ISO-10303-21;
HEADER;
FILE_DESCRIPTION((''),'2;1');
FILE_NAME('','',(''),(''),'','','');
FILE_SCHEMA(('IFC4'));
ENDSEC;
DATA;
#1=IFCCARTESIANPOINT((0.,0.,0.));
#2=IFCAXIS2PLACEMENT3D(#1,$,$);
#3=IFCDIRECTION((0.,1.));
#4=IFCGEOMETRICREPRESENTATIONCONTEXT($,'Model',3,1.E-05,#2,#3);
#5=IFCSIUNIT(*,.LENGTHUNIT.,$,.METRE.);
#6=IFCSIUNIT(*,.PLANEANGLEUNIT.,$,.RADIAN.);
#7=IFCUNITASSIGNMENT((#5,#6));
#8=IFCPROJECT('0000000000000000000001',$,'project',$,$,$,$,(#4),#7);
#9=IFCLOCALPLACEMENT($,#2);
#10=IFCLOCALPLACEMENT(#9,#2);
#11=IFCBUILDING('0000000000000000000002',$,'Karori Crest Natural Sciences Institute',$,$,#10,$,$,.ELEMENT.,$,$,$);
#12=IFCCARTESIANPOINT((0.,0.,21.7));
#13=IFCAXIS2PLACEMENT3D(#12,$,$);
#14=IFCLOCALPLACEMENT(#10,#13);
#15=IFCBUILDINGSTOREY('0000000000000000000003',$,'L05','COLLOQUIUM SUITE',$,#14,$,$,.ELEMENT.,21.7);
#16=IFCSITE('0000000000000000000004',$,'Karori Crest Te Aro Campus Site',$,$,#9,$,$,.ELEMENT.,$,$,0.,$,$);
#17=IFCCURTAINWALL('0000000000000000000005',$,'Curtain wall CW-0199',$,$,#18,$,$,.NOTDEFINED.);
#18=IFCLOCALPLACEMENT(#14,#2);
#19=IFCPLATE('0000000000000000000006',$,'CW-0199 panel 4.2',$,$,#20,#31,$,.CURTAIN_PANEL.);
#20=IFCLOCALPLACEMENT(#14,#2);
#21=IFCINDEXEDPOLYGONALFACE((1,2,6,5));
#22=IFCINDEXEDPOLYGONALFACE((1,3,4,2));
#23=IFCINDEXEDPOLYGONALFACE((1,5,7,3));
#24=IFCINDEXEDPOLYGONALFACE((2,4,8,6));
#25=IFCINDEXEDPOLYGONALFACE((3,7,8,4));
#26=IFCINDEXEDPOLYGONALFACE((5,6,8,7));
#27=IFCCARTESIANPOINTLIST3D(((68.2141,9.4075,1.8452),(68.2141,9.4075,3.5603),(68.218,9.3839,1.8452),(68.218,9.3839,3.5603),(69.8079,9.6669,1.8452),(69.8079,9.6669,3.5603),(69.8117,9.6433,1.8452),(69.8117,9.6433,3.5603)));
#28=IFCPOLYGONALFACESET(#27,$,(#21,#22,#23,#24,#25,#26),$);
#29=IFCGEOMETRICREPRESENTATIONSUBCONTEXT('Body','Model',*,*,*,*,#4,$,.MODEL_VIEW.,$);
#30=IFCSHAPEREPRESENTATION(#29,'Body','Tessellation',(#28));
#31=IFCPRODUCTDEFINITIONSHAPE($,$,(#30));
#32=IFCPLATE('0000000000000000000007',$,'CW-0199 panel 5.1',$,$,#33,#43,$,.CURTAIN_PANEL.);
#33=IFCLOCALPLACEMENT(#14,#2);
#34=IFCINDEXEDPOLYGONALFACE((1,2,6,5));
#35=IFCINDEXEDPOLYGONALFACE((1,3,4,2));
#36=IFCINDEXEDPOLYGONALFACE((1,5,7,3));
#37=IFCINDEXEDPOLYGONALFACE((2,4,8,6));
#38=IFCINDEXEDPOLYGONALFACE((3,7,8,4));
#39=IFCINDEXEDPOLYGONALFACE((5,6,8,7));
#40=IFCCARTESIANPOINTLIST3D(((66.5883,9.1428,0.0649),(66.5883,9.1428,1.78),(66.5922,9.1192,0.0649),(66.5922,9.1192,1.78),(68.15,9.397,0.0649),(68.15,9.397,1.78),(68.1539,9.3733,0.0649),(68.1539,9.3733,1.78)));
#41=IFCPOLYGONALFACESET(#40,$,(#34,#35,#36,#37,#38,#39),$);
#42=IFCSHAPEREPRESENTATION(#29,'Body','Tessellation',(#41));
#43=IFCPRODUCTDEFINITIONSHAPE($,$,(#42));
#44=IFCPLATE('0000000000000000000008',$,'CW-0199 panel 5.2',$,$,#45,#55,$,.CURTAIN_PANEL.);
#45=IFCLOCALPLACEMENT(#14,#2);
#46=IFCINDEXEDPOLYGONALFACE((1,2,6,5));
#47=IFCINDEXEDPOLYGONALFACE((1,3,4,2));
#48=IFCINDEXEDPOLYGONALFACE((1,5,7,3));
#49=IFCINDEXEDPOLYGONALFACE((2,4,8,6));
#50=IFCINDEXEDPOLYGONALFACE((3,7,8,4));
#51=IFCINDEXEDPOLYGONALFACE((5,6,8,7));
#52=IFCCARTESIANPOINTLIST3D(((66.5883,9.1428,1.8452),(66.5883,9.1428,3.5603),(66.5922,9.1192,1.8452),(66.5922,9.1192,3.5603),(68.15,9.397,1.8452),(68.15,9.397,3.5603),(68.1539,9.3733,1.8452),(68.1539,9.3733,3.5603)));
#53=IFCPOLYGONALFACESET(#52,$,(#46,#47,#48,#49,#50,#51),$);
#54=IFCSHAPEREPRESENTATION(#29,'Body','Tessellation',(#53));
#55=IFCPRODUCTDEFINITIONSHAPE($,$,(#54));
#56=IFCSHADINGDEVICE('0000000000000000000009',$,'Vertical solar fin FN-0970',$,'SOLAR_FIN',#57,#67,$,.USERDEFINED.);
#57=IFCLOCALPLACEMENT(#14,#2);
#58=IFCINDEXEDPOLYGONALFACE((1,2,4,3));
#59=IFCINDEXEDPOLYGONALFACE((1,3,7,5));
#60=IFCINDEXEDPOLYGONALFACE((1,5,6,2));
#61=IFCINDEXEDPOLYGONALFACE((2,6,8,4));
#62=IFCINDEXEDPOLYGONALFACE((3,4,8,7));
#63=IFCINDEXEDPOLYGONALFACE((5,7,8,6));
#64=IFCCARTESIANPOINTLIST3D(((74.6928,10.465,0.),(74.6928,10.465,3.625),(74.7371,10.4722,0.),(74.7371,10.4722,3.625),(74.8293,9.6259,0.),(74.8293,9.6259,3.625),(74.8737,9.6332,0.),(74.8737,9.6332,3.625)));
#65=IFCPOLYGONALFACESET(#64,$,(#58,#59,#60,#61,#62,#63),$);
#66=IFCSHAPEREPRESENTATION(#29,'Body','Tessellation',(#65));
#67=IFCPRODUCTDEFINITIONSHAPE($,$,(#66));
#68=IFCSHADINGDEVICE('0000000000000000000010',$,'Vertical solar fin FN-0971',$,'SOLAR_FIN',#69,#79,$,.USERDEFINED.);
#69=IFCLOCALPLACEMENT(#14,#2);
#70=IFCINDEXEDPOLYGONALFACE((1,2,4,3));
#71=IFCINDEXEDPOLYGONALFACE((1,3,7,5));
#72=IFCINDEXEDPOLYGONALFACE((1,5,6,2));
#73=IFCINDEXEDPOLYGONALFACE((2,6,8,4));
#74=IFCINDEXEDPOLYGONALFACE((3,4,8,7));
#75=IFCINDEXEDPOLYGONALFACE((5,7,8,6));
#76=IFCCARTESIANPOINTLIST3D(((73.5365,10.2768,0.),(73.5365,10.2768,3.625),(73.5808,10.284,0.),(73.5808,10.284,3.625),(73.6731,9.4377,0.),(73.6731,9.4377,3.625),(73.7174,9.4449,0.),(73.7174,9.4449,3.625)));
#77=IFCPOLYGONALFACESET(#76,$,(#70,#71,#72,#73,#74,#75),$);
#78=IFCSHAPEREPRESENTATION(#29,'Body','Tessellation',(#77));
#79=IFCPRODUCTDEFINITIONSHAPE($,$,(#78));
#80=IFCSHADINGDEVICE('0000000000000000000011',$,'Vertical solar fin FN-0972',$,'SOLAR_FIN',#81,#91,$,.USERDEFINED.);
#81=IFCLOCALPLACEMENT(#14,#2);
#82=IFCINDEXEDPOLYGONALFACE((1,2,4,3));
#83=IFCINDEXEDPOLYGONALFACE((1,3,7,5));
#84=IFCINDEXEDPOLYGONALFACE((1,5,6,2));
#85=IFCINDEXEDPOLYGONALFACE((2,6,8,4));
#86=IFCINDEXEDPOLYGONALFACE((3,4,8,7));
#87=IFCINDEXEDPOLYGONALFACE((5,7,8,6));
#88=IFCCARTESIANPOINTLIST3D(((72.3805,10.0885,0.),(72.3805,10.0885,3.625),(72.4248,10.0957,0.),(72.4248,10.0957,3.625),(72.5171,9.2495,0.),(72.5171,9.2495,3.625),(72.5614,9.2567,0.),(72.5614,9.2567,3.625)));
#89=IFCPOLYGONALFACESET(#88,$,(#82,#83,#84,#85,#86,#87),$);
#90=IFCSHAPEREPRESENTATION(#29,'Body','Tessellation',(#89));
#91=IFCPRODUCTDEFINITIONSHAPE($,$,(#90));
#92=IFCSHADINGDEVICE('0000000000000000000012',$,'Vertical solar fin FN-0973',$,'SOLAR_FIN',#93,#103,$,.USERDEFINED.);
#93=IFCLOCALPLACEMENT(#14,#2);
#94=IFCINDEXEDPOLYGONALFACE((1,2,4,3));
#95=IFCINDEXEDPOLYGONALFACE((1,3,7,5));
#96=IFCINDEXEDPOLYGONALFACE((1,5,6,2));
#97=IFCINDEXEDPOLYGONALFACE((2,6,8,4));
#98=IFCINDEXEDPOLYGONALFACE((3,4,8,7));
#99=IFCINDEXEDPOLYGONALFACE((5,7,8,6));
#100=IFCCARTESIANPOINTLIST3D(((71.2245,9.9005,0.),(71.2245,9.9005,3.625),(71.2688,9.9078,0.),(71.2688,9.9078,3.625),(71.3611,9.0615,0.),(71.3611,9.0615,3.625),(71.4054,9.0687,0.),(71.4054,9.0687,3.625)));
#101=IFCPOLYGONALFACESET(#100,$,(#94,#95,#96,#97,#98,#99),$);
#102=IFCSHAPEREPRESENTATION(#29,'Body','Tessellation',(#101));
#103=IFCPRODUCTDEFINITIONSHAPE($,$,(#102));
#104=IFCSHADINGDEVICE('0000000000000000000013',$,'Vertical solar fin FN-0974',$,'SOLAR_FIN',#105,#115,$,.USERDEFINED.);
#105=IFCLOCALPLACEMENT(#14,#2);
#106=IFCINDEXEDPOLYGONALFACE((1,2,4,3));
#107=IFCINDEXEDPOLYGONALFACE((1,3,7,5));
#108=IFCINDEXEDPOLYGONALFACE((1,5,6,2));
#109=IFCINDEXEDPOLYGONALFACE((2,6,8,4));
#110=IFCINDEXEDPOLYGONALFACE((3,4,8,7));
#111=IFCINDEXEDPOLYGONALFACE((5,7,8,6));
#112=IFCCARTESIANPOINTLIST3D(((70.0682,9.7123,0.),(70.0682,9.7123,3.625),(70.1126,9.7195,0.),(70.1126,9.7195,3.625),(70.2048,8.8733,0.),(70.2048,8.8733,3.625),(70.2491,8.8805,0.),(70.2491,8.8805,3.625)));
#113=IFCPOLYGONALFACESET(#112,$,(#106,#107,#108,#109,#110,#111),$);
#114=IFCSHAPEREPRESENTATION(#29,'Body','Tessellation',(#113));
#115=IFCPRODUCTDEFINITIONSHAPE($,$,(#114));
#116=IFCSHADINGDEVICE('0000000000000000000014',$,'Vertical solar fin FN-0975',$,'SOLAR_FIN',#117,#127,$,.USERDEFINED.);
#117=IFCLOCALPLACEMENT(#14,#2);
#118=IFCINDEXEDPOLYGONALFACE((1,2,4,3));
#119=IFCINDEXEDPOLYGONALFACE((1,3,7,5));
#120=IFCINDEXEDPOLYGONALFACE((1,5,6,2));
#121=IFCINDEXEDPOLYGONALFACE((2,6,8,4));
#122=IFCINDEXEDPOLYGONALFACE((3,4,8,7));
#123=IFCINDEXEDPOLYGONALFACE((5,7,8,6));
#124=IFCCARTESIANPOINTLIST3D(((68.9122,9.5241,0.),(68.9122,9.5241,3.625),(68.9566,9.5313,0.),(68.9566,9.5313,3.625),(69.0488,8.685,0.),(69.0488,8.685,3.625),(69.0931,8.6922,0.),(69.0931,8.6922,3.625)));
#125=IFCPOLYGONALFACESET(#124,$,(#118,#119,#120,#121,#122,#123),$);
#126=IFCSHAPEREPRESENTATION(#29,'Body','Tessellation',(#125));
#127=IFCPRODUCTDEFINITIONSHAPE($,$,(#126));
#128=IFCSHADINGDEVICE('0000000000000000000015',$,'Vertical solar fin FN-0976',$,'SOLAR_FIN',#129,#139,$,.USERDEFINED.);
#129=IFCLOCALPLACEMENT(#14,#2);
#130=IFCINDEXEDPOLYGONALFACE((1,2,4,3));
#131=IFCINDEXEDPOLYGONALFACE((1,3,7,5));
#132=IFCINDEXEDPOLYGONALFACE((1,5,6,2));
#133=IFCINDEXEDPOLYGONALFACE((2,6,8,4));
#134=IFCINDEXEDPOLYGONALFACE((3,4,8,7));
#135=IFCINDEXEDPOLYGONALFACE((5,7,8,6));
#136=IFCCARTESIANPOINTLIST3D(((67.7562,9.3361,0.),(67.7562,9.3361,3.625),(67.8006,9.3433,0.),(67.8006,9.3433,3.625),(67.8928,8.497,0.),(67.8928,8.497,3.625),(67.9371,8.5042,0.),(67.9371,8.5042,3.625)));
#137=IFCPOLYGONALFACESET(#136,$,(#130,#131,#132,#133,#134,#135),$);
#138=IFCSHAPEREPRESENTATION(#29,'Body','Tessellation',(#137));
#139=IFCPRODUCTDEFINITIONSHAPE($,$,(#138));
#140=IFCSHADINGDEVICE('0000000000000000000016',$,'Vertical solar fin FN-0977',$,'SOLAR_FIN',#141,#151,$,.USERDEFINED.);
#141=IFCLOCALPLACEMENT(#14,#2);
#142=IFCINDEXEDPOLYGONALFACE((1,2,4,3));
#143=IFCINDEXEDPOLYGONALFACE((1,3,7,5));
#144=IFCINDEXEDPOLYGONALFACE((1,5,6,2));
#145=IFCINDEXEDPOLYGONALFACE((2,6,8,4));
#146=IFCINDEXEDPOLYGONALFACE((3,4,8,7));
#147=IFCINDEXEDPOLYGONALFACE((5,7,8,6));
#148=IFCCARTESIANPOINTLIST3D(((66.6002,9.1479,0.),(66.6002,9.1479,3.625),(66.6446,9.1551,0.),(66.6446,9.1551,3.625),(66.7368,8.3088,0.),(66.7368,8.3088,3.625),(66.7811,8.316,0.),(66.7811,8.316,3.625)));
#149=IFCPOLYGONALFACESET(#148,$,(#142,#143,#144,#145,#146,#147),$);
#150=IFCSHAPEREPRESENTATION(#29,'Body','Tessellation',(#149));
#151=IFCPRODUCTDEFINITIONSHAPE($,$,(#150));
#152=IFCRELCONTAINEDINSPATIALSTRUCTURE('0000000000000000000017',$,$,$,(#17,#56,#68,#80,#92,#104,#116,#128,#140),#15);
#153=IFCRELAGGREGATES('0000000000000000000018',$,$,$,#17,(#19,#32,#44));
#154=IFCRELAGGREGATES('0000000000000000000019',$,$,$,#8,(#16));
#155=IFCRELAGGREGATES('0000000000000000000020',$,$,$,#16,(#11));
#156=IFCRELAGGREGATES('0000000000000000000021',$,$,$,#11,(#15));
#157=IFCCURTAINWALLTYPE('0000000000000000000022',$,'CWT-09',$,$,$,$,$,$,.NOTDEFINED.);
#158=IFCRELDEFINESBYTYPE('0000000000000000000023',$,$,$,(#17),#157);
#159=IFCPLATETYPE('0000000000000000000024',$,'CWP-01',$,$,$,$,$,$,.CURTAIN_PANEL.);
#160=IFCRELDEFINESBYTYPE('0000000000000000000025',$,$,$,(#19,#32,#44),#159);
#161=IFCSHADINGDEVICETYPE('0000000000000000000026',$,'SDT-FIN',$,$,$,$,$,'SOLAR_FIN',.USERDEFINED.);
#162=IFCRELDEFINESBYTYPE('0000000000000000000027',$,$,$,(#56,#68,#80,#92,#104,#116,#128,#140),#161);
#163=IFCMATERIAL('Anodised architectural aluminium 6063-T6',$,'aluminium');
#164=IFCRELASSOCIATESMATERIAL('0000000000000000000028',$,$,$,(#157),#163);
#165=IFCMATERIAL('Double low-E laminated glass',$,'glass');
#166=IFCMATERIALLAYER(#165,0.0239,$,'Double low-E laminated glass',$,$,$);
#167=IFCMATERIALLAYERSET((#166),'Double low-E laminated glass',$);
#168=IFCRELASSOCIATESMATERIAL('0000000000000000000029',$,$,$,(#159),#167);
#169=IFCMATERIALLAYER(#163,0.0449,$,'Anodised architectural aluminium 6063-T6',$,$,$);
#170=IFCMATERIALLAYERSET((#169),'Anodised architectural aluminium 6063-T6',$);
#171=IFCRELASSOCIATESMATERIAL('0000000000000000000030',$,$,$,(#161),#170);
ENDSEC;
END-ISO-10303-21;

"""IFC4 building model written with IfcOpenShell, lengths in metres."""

from ifc_helpers import new_model, si_unit, direction, frame, origin, origin_2d, place, context, subcontext, project, spatial, rectangle, extrude, material, layer, layer_set, type_object, element, aggregate, save


model = new_model("IFC4")

# Units and contexts
model_context = context("Model", 3, precision=1e-05, world=origin(), true_north=direction((0.0, 1.0)))
body_context = subcontext(model_context, "Body", "Model", "MODEL_VIEW")
ifc_project = project(units=[si_unit("LENGTHUNIT", "METRE"), si_unit("PLANEANGLEUNIT", "RADIAN")], contexts=[model_context])

# Site, building, storey
site_placement = place(None, origin())
site = spatial("IfcSite", under=ifc_project, at=site_placement, Name="Karori Crest Te Aro Campus Site", CompositionType="ELEMENT", RefElevation=0.0)
building_placement = place(site_placement, origin())
building = spatial("IfcBuilding", under=site, at=building_placement, Name="Karori Crest Natural Sciences Institute", CompositionType="ELEMENT")
storey_placement = place(building_placement, frame((0.0, 0.0, 21.7)))
storey = spatial("IfcBuildingStorey", under=building, at=storey_placement, Name="L05", Description="COLLOQUIUM SUITE", CompositionType="ELEMENT", Elevation=21.7)

# Curtain wall, plates
ifc_material_1 = material(Name="Anodised architectural aluminium 6063-T6", Category="aluminium")
curtain_wall_type = type_object("IfcCurtainWallType", Name="CWT-09", PredefinedType="NOTDEFINED", material=ifc_material_1)
curtain_wall_placement = place(storey_placement, origin())
curtain_wall = element("IfcCurtainWall", 1, at=curtain_wall_placement, inside=storey, type_object=curtain_wall_type, Name="Curtain wall CW-0199", PredefinedType="NOTDEFINED")
ifc_material_2 = material(Name="Double low-E laminated glass", Category="glass")
ifc_layer_1 = layer(ifc_material_2, 0.0239, Name="Double low-E laminated glass")
ifc_layer_set_1 = layer_set([ifc_layer_1], Name="Double low-E laminated glass")
plate_type = type_object("IfcPlateType", Name="CWP-01", PredefinedType="CURTAIN_PANEL", material=ifc_layer_set_1)
plate_1_placement = place(storey_placement, frame((69.0129, 9.5254, 1.8452), z_axis=(0.0, 0.0, 1.0), x_axis=(-0.987011, -0.16065, 0.0)))
plate_1 = element("IfcPlate", 2, at=plate_1_placement, type_object=plate_type, Name="CW-0199 panel 4.2", PredefinedType="CURTAIN_PANEL", context=body_context, shape_type="SweptSolid", body=[
    extrude(rectangle(XDim=1.6147, YDim=0.0239, at=origin_2d()), origin(), (0.0, 0.0, 1.0), 1.7151),
])
plate_2_placement = place(storey_placement, frame((67.3711, 9.2581, 0.0649), z_axis=(0.0, 0.0, 1.0), x_axis=(-0.987011, -0.16065, 0.0)))
plate_2 = element("IfcPlate", 3, at=plate_2_placement, type_object=plate_type, Name="CW-0199 panel 5.1", PredefinedType="CURTAIN_PANEL", context=body_context, shape_type="SweptSolid", body=[
    extrude(rectangle(XDim=1.5823, YDim=0.0239, at=origin_2d()), origin(), (0.0, 0.0, 1.0), 1.7151),
])
plate_3_placement = place(storey_placement, frame((67.3711, 9.2581, 1.8452), z_axis=(0.0, 0.0, 1.0), x_axis=(-0.987011, -0.16065, 0.0)))
plate_3 = element("IfcPlate", 4, at=plate_3_placement, type_object=plate_type, Name="CW-0199 panel 5.2", PredefinedType="CURTAIN_PANEL", context=body_context, shape_type="SweptSolid", body=[
    extrude(rectangle(XDim=1.5823, YDim=0.0239, at=origin_2d()), origin(), (0.0, 0.0, 1.0), 1.7151),
])
aggregate(curtain_wall, [plate_1, plate_2, plate_3])

# Shading devices
ifc_layer_2 = layer(ifc_material_1, 0.0449, Name="Anodised architectural aluminium 6063-T6")
ifc_layer_set_2 = layer_set([ifc_layer_2], Name="Anodised architectural aluminium 6063-T6")
shading_device_type = type_object("IfcShadingDeviceType", Name="SDT-FIN", ElementType="SOLAR_FIN", PredefinedType="USERDEFINED", material=ifc_layer_set_2)
for number, where, z_axis, x_axis, name in (
    (5, (74.7832, 10.0491, 0.0), (0.0, 0.0, 1.0), (0.16065, -0.987012, 0.0), "Vertical solar fin FN-0970"),
    (6, (73.627, 9.8608, 0.0), (0.0, 0.0, 1.0), (0.16065, -0.987012, 0.0), "Vertical solar fin FN-0971"),
    (7, (72.4709, 9.6726, 0.0), (0.0, 0.0, 1.0), (0.16065, -0.987012, 0.0), "Vertical solar fin FN-0972"),
    (8, (71.3149, 9.4846, 0.0), (0.0, 0.0, 1.0), (0.16065, -0.987012, 0.0), "Vertical solar fin FN-0973"),
    (9, (70.1587, 9.2964, 0.0), (0.0, 0.0, 1.0), (0.16065, -0.987012, 0.0), "Vertical solar fin FN-0974"),
    (10, (69.0027, 9.1082, 0.0), (0.0, 0.0, 1.0), (0.16065, -0.987012, 0.0), "Vertical solar fin FN-0975"),
    (11, (67.8467, 8.9202, 0.0), (0.0, 0.0, 1.0), (0.16065, -0.987012, 0.0), "Vertical solar fin FN-0976"),
    (12, (66.6907, 8.7319, 0.0), (0.0, 0.0, 1.0), (0.16065, -0.987012, 0.0), "Vertical solar fin FN-0977"),
):
    element("IfcShadingDevice", number, at=place(storey_placement, frame(where, z_axis=z_axis, x_axis=x_axis)), inside=storey, type_object=shading_device_type, Name=name, ObjectType="SOLAR_FIN", PredefinedType="USERDEFINED", context=body_context, shape_type="SweptSolid", body=[
        extrude(rectangle(XDim=0.8501, YDim=0.0449, at=origin_2d()), origin(), (0.0, 0.0, 1.0), 3.625),
    ])

save(model, "model.ifc")
